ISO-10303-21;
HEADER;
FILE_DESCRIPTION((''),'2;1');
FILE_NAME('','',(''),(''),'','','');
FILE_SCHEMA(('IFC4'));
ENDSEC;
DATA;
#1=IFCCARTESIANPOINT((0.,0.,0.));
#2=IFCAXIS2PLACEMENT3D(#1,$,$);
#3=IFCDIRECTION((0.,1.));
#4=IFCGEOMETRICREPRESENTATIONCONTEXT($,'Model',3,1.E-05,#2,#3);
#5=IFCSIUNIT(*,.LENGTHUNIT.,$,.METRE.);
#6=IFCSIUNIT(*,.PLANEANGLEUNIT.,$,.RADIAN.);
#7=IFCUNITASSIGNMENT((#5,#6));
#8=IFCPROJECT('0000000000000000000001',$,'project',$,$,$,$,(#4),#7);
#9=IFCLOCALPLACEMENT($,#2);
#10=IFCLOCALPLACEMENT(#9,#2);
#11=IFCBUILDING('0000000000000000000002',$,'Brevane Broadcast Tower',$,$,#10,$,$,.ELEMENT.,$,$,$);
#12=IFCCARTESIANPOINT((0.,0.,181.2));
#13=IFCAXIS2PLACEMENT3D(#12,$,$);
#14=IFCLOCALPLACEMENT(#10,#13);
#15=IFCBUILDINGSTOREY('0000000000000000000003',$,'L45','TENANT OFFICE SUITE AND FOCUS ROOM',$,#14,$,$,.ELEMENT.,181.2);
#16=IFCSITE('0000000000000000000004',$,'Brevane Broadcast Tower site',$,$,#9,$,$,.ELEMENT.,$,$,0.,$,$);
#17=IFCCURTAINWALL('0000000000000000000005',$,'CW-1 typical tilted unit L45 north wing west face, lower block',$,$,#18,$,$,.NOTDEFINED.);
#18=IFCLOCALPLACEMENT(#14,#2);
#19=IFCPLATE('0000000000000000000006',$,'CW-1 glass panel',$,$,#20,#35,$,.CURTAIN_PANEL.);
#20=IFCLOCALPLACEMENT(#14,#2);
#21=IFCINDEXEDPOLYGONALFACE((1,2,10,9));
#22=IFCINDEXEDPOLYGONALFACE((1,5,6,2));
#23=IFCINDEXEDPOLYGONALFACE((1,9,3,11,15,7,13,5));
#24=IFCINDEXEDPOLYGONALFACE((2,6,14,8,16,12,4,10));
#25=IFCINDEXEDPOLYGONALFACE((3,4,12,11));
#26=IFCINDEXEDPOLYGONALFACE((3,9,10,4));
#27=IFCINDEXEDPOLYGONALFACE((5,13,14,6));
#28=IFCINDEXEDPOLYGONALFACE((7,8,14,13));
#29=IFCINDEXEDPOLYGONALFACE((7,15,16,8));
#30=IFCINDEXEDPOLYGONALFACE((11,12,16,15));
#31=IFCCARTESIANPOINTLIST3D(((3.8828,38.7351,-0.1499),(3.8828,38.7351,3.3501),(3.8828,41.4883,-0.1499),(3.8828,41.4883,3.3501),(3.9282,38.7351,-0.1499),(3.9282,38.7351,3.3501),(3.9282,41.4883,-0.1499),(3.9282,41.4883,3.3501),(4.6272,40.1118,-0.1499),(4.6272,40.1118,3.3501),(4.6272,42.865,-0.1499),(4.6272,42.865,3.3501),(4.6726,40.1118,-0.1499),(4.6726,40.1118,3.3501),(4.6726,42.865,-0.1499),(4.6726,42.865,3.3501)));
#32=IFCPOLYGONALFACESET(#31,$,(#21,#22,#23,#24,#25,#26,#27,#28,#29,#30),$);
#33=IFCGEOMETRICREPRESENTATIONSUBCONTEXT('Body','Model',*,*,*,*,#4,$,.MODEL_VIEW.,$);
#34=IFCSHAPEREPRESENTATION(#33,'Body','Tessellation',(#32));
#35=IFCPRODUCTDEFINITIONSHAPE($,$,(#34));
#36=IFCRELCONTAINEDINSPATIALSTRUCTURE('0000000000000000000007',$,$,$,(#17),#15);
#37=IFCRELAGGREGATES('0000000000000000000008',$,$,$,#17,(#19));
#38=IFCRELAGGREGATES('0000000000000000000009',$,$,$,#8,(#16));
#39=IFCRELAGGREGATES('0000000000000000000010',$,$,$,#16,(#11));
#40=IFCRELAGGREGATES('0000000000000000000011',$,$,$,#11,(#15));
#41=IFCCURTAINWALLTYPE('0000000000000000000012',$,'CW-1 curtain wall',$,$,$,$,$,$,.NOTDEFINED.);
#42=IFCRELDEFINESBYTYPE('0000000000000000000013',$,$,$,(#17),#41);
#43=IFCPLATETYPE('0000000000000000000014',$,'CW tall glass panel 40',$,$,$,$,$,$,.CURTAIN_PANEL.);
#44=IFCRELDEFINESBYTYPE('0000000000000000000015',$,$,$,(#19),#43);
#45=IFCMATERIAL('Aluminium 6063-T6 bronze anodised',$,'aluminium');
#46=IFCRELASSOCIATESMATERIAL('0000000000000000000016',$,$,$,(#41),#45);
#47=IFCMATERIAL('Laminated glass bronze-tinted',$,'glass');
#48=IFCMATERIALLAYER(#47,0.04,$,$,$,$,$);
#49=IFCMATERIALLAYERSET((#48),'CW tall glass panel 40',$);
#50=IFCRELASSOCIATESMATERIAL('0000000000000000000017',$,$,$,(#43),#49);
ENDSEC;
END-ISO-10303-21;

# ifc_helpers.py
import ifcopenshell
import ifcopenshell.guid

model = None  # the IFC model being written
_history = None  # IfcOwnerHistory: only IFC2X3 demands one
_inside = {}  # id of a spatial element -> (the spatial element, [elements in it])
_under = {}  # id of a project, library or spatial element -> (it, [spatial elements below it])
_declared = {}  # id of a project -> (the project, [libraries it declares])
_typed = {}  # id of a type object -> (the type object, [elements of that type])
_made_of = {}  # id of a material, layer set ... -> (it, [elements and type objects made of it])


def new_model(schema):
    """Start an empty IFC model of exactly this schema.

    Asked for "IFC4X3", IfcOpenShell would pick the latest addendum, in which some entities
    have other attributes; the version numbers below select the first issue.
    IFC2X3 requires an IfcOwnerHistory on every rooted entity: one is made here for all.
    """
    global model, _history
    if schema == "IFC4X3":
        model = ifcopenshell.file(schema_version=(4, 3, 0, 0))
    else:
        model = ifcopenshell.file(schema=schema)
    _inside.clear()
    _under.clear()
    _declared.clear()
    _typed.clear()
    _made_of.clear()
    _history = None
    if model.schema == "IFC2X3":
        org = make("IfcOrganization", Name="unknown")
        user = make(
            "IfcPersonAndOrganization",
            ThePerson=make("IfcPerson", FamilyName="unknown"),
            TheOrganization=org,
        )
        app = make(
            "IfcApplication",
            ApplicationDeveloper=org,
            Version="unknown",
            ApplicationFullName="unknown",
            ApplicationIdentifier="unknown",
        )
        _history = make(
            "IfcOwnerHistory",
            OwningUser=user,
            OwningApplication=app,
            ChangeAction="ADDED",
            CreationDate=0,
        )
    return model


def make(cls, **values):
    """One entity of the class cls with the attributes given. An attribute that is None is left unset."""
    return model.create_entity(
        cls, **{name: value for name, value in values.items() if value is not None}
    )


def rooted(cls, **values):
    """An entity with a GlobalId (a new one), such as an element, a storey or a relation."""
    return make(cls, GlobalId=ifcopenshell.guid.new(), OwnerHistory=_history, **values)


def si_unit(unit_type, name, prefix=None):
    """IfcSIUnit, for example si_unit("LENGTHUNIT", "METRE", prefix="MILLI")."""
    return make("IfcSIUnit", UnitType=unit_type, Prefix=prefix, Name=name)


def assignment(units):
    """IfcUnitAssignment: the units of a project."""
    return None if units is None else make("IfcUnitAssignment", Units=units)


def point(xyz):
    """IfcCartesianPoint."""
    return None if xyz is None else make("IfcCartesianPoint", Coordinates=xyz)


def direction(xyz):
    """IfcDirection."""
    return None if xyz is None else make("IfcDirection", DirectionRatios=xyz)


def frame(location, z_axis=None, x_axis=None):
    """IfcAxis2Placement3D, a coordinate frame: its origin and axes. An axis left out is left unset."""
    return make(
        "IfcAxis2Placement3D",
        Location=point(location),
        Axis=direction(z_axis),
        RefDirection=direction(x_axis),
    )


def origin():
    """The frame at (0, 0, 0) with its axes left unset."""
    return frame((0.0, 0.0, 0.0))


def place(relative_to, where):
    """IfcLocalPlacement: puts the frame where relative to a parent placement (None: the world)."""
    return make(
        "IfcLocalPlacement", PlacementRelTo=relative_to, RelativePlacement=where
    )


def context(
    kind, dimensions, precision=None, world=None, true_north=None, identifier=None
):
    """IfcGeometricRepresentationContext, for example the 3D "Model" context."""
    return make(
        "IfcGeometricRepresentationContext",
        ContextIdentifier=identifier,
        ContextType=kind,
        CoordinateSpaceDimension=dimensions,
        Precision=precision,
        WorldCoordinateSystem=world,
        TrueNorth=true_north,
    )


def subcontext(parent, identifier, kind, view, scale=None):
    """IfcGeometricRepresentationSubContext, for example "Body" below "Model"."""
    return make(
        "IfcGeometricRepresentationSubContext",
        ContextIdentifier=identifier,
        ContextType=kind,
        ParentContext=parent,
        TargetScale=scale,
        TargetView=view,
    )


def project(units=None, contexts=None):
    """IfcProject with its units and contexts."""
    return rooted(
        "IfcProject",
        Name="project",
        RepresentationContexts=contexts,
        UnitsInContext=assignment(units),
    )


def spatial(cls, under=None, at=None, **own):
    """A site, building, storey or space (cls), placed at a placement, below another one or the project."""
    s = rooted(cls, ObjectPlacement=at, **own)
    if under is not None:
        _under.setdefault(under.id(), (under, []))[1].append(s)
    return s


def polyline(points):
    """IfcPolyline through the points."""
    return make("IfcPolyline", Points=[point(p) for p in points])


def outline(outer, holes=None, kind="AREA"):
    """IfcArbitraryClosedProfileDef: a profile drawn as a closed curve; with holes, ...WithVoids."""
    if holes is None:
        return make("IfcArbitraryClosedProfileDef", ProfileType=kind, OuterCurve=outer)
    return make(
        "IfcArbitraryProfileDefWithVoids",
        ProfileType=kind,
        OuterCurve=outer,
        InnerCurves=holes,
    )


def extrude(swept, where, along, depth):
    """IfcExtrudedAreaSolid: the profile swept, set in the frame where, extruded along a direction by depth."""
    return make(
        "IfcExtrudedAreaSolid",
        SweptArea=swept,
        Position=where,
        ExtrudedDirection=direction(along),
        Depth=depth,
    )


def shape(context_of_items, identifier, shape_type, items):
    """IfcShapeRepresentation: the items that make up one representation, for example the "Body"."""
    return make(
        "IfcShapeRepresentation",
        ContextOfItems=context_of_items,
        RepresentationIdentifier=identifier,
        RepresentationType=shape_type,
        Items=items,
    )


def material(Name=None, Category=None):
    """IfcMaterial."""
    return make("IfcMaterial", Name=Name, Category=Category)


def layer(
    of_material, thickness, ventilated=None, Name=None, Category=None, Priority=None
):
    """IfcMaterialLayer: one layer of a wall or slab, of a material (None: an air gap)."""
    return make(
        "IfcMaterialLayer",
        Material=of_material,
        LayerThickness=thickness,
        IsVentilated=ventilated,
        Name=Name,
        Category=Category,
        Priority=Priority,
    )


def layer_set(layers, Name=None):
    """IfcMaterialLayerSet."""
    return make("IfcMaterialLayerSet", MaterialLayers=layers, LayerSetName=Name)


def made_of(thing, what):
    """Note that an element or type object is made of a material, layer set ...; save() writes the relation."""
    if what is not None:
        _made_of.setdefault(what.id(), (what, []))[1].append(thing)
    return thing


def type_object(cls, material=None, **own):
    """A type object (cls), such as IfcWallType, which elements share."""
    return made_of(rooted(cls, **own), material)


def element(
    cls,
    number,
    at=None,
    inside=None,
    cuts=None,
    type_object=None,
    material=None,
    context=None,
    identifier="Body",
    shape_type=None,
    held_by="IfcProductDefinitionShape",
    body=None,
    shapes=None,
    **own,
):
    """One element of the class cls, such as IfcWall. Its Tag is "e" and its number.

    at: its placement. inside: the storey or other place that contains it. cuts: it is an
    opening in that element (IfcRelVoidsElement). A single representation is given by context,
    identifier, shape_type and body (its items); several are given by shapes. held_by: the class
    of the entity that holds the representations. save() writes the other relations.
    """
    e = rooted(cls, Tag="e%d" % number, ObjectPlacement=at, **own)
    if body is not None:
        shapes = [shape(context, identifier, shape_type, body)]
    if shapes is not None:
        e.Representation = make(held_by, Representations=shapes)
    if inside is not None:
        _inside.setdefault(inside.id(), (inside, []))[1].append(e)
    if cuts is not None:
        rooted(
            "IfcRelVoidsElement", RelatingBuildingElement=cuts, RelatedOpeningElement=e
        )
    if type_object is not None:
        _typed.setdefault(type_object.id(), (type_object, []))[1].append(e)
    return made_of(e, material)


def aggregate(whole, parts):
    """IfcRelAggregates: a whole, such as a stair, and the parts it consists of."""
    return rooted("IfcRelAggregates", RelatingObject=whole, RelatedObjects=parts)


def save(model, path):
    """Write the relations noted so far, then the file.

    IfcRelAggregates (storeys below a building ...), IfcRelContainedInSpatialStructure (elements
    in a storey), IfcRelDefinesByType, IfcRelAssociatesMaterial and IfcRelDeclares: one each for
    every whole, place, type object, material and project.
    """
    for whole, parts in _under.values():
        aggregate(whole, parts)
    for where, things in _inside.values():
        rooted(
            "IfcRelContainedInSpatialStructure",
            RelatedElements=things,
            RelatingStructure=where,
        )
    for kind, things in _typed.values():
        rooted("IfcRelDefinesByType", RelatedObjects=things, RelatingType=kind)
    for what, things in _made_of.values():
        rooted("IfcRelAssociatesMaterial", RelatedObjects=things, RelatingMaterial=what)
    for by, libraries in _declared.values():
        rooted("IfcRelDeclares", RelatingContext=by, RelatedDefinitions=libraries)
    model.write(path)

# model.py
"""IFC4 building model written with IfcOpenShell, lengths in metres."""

from ifc_helpers import new_model, si_unit, direction, frame, origin, place, context, subcontext, project, spatial, polyline, outline, extrude, material, layer, layer_set, type_object, element, aggregate, save


model = new_model("IFC4")

# Units and contexts
model_context = context("Model", 3, precision=1e-05, world=origin(), true_north=direction((0.0, 1.0)))
body_context = subcontext(model_context, "Body", "Model", "MODEL_VIEW")
ifc_project = project(units=[si_unit("LENGTHUNIT", "METRE"), si_unit("PLANEANGLEUNIT", "RADIAN")], contexts=[model_context])

# Site, building, storey
site_placement = place(None, origin())
site = spatial("IfcSite", under=ifc_project, at=site_placement, Name="Brevane Broadcast Tower site", CompositionType="ELEMENT", RefElevation=0.0)
building_placement = place(site_placement, origin())
building = spatial("IfcBuilding", under=site, at=building_placement, Name="Brevane Broadcast Tower", CompositionType="ELEMENT")
storey_placement = place(building_placement, frame((0.0, 0.0, 181.2)))
storey = spatial("IfcBuildingStorey", under=building, at=storey_placement, Name="L45", Description="TENANT OFFICE SUITE AND FOCUS ROOM", CompositionType="ELEMENT", Elevation=181.2)

# Shared definitions
ifc_material_1 = material(Name="Aluminium 6063-T6 bronze anodised", Category="aluminium")
curtain_wall_type = type_object("IfcCurtainWallType", Name="CW-1 curtain wall", PredefinedType="NOTDEFINED", material=ifc_material_1)

# Curtain wall, plate
ifc_material_2 = material(Name="Laminated glass bronze-tinted", Category="glass")
ifc_layer = layer(ifc_material_2, 0.04)
ifc_layer_set = layer_set([ifc_layer], Name="CW tall glass panel 40")
plate_type = type_object("IfcPlateType", Name="CW tall glass panel 40", PredefinedType="CURTAIN_PANEL", material=ifc_layer_set)
curtain_wall_1_placement = place(storey_placement, origin())
curtain_wall_1 = element("IfcCurtainWall", 1, at=curtain_wall_1_placement, inside=storey, type_object=curtain_wall_type, Name="CW-1 typical tilted unit L45 north wing west face, lower block", PredefinedType="NOTDEFINED")
plate_1_placement = place(storey_placement, frame((0.0, 0.0, -0.1499)))
plate_1 = element("IfcPlate", 2, at=plate_1_placement, type_object=plate_type, Name="CW-1 glass panel", PredefinedType="CURTAIN_PANEL", context=body_context, shape_type="SweptSolid", body=[
    extrude(outline(polyline([(4.6726, 42.865), (4.6272, 42.865), (3.8828, 41.4883), (4.6272, 40.1118), (3.8828, 38.7351), (3.9282, 38.7351), (4.6726, 40.1118), (3.9282, 41.4883), (4.6726, 42.865)])), origin(), (0.0, 0.0, 1.0), 3.5),
])
aggregate(curtain_wall_1, [plate_1])

save(model, "model.ifc")
